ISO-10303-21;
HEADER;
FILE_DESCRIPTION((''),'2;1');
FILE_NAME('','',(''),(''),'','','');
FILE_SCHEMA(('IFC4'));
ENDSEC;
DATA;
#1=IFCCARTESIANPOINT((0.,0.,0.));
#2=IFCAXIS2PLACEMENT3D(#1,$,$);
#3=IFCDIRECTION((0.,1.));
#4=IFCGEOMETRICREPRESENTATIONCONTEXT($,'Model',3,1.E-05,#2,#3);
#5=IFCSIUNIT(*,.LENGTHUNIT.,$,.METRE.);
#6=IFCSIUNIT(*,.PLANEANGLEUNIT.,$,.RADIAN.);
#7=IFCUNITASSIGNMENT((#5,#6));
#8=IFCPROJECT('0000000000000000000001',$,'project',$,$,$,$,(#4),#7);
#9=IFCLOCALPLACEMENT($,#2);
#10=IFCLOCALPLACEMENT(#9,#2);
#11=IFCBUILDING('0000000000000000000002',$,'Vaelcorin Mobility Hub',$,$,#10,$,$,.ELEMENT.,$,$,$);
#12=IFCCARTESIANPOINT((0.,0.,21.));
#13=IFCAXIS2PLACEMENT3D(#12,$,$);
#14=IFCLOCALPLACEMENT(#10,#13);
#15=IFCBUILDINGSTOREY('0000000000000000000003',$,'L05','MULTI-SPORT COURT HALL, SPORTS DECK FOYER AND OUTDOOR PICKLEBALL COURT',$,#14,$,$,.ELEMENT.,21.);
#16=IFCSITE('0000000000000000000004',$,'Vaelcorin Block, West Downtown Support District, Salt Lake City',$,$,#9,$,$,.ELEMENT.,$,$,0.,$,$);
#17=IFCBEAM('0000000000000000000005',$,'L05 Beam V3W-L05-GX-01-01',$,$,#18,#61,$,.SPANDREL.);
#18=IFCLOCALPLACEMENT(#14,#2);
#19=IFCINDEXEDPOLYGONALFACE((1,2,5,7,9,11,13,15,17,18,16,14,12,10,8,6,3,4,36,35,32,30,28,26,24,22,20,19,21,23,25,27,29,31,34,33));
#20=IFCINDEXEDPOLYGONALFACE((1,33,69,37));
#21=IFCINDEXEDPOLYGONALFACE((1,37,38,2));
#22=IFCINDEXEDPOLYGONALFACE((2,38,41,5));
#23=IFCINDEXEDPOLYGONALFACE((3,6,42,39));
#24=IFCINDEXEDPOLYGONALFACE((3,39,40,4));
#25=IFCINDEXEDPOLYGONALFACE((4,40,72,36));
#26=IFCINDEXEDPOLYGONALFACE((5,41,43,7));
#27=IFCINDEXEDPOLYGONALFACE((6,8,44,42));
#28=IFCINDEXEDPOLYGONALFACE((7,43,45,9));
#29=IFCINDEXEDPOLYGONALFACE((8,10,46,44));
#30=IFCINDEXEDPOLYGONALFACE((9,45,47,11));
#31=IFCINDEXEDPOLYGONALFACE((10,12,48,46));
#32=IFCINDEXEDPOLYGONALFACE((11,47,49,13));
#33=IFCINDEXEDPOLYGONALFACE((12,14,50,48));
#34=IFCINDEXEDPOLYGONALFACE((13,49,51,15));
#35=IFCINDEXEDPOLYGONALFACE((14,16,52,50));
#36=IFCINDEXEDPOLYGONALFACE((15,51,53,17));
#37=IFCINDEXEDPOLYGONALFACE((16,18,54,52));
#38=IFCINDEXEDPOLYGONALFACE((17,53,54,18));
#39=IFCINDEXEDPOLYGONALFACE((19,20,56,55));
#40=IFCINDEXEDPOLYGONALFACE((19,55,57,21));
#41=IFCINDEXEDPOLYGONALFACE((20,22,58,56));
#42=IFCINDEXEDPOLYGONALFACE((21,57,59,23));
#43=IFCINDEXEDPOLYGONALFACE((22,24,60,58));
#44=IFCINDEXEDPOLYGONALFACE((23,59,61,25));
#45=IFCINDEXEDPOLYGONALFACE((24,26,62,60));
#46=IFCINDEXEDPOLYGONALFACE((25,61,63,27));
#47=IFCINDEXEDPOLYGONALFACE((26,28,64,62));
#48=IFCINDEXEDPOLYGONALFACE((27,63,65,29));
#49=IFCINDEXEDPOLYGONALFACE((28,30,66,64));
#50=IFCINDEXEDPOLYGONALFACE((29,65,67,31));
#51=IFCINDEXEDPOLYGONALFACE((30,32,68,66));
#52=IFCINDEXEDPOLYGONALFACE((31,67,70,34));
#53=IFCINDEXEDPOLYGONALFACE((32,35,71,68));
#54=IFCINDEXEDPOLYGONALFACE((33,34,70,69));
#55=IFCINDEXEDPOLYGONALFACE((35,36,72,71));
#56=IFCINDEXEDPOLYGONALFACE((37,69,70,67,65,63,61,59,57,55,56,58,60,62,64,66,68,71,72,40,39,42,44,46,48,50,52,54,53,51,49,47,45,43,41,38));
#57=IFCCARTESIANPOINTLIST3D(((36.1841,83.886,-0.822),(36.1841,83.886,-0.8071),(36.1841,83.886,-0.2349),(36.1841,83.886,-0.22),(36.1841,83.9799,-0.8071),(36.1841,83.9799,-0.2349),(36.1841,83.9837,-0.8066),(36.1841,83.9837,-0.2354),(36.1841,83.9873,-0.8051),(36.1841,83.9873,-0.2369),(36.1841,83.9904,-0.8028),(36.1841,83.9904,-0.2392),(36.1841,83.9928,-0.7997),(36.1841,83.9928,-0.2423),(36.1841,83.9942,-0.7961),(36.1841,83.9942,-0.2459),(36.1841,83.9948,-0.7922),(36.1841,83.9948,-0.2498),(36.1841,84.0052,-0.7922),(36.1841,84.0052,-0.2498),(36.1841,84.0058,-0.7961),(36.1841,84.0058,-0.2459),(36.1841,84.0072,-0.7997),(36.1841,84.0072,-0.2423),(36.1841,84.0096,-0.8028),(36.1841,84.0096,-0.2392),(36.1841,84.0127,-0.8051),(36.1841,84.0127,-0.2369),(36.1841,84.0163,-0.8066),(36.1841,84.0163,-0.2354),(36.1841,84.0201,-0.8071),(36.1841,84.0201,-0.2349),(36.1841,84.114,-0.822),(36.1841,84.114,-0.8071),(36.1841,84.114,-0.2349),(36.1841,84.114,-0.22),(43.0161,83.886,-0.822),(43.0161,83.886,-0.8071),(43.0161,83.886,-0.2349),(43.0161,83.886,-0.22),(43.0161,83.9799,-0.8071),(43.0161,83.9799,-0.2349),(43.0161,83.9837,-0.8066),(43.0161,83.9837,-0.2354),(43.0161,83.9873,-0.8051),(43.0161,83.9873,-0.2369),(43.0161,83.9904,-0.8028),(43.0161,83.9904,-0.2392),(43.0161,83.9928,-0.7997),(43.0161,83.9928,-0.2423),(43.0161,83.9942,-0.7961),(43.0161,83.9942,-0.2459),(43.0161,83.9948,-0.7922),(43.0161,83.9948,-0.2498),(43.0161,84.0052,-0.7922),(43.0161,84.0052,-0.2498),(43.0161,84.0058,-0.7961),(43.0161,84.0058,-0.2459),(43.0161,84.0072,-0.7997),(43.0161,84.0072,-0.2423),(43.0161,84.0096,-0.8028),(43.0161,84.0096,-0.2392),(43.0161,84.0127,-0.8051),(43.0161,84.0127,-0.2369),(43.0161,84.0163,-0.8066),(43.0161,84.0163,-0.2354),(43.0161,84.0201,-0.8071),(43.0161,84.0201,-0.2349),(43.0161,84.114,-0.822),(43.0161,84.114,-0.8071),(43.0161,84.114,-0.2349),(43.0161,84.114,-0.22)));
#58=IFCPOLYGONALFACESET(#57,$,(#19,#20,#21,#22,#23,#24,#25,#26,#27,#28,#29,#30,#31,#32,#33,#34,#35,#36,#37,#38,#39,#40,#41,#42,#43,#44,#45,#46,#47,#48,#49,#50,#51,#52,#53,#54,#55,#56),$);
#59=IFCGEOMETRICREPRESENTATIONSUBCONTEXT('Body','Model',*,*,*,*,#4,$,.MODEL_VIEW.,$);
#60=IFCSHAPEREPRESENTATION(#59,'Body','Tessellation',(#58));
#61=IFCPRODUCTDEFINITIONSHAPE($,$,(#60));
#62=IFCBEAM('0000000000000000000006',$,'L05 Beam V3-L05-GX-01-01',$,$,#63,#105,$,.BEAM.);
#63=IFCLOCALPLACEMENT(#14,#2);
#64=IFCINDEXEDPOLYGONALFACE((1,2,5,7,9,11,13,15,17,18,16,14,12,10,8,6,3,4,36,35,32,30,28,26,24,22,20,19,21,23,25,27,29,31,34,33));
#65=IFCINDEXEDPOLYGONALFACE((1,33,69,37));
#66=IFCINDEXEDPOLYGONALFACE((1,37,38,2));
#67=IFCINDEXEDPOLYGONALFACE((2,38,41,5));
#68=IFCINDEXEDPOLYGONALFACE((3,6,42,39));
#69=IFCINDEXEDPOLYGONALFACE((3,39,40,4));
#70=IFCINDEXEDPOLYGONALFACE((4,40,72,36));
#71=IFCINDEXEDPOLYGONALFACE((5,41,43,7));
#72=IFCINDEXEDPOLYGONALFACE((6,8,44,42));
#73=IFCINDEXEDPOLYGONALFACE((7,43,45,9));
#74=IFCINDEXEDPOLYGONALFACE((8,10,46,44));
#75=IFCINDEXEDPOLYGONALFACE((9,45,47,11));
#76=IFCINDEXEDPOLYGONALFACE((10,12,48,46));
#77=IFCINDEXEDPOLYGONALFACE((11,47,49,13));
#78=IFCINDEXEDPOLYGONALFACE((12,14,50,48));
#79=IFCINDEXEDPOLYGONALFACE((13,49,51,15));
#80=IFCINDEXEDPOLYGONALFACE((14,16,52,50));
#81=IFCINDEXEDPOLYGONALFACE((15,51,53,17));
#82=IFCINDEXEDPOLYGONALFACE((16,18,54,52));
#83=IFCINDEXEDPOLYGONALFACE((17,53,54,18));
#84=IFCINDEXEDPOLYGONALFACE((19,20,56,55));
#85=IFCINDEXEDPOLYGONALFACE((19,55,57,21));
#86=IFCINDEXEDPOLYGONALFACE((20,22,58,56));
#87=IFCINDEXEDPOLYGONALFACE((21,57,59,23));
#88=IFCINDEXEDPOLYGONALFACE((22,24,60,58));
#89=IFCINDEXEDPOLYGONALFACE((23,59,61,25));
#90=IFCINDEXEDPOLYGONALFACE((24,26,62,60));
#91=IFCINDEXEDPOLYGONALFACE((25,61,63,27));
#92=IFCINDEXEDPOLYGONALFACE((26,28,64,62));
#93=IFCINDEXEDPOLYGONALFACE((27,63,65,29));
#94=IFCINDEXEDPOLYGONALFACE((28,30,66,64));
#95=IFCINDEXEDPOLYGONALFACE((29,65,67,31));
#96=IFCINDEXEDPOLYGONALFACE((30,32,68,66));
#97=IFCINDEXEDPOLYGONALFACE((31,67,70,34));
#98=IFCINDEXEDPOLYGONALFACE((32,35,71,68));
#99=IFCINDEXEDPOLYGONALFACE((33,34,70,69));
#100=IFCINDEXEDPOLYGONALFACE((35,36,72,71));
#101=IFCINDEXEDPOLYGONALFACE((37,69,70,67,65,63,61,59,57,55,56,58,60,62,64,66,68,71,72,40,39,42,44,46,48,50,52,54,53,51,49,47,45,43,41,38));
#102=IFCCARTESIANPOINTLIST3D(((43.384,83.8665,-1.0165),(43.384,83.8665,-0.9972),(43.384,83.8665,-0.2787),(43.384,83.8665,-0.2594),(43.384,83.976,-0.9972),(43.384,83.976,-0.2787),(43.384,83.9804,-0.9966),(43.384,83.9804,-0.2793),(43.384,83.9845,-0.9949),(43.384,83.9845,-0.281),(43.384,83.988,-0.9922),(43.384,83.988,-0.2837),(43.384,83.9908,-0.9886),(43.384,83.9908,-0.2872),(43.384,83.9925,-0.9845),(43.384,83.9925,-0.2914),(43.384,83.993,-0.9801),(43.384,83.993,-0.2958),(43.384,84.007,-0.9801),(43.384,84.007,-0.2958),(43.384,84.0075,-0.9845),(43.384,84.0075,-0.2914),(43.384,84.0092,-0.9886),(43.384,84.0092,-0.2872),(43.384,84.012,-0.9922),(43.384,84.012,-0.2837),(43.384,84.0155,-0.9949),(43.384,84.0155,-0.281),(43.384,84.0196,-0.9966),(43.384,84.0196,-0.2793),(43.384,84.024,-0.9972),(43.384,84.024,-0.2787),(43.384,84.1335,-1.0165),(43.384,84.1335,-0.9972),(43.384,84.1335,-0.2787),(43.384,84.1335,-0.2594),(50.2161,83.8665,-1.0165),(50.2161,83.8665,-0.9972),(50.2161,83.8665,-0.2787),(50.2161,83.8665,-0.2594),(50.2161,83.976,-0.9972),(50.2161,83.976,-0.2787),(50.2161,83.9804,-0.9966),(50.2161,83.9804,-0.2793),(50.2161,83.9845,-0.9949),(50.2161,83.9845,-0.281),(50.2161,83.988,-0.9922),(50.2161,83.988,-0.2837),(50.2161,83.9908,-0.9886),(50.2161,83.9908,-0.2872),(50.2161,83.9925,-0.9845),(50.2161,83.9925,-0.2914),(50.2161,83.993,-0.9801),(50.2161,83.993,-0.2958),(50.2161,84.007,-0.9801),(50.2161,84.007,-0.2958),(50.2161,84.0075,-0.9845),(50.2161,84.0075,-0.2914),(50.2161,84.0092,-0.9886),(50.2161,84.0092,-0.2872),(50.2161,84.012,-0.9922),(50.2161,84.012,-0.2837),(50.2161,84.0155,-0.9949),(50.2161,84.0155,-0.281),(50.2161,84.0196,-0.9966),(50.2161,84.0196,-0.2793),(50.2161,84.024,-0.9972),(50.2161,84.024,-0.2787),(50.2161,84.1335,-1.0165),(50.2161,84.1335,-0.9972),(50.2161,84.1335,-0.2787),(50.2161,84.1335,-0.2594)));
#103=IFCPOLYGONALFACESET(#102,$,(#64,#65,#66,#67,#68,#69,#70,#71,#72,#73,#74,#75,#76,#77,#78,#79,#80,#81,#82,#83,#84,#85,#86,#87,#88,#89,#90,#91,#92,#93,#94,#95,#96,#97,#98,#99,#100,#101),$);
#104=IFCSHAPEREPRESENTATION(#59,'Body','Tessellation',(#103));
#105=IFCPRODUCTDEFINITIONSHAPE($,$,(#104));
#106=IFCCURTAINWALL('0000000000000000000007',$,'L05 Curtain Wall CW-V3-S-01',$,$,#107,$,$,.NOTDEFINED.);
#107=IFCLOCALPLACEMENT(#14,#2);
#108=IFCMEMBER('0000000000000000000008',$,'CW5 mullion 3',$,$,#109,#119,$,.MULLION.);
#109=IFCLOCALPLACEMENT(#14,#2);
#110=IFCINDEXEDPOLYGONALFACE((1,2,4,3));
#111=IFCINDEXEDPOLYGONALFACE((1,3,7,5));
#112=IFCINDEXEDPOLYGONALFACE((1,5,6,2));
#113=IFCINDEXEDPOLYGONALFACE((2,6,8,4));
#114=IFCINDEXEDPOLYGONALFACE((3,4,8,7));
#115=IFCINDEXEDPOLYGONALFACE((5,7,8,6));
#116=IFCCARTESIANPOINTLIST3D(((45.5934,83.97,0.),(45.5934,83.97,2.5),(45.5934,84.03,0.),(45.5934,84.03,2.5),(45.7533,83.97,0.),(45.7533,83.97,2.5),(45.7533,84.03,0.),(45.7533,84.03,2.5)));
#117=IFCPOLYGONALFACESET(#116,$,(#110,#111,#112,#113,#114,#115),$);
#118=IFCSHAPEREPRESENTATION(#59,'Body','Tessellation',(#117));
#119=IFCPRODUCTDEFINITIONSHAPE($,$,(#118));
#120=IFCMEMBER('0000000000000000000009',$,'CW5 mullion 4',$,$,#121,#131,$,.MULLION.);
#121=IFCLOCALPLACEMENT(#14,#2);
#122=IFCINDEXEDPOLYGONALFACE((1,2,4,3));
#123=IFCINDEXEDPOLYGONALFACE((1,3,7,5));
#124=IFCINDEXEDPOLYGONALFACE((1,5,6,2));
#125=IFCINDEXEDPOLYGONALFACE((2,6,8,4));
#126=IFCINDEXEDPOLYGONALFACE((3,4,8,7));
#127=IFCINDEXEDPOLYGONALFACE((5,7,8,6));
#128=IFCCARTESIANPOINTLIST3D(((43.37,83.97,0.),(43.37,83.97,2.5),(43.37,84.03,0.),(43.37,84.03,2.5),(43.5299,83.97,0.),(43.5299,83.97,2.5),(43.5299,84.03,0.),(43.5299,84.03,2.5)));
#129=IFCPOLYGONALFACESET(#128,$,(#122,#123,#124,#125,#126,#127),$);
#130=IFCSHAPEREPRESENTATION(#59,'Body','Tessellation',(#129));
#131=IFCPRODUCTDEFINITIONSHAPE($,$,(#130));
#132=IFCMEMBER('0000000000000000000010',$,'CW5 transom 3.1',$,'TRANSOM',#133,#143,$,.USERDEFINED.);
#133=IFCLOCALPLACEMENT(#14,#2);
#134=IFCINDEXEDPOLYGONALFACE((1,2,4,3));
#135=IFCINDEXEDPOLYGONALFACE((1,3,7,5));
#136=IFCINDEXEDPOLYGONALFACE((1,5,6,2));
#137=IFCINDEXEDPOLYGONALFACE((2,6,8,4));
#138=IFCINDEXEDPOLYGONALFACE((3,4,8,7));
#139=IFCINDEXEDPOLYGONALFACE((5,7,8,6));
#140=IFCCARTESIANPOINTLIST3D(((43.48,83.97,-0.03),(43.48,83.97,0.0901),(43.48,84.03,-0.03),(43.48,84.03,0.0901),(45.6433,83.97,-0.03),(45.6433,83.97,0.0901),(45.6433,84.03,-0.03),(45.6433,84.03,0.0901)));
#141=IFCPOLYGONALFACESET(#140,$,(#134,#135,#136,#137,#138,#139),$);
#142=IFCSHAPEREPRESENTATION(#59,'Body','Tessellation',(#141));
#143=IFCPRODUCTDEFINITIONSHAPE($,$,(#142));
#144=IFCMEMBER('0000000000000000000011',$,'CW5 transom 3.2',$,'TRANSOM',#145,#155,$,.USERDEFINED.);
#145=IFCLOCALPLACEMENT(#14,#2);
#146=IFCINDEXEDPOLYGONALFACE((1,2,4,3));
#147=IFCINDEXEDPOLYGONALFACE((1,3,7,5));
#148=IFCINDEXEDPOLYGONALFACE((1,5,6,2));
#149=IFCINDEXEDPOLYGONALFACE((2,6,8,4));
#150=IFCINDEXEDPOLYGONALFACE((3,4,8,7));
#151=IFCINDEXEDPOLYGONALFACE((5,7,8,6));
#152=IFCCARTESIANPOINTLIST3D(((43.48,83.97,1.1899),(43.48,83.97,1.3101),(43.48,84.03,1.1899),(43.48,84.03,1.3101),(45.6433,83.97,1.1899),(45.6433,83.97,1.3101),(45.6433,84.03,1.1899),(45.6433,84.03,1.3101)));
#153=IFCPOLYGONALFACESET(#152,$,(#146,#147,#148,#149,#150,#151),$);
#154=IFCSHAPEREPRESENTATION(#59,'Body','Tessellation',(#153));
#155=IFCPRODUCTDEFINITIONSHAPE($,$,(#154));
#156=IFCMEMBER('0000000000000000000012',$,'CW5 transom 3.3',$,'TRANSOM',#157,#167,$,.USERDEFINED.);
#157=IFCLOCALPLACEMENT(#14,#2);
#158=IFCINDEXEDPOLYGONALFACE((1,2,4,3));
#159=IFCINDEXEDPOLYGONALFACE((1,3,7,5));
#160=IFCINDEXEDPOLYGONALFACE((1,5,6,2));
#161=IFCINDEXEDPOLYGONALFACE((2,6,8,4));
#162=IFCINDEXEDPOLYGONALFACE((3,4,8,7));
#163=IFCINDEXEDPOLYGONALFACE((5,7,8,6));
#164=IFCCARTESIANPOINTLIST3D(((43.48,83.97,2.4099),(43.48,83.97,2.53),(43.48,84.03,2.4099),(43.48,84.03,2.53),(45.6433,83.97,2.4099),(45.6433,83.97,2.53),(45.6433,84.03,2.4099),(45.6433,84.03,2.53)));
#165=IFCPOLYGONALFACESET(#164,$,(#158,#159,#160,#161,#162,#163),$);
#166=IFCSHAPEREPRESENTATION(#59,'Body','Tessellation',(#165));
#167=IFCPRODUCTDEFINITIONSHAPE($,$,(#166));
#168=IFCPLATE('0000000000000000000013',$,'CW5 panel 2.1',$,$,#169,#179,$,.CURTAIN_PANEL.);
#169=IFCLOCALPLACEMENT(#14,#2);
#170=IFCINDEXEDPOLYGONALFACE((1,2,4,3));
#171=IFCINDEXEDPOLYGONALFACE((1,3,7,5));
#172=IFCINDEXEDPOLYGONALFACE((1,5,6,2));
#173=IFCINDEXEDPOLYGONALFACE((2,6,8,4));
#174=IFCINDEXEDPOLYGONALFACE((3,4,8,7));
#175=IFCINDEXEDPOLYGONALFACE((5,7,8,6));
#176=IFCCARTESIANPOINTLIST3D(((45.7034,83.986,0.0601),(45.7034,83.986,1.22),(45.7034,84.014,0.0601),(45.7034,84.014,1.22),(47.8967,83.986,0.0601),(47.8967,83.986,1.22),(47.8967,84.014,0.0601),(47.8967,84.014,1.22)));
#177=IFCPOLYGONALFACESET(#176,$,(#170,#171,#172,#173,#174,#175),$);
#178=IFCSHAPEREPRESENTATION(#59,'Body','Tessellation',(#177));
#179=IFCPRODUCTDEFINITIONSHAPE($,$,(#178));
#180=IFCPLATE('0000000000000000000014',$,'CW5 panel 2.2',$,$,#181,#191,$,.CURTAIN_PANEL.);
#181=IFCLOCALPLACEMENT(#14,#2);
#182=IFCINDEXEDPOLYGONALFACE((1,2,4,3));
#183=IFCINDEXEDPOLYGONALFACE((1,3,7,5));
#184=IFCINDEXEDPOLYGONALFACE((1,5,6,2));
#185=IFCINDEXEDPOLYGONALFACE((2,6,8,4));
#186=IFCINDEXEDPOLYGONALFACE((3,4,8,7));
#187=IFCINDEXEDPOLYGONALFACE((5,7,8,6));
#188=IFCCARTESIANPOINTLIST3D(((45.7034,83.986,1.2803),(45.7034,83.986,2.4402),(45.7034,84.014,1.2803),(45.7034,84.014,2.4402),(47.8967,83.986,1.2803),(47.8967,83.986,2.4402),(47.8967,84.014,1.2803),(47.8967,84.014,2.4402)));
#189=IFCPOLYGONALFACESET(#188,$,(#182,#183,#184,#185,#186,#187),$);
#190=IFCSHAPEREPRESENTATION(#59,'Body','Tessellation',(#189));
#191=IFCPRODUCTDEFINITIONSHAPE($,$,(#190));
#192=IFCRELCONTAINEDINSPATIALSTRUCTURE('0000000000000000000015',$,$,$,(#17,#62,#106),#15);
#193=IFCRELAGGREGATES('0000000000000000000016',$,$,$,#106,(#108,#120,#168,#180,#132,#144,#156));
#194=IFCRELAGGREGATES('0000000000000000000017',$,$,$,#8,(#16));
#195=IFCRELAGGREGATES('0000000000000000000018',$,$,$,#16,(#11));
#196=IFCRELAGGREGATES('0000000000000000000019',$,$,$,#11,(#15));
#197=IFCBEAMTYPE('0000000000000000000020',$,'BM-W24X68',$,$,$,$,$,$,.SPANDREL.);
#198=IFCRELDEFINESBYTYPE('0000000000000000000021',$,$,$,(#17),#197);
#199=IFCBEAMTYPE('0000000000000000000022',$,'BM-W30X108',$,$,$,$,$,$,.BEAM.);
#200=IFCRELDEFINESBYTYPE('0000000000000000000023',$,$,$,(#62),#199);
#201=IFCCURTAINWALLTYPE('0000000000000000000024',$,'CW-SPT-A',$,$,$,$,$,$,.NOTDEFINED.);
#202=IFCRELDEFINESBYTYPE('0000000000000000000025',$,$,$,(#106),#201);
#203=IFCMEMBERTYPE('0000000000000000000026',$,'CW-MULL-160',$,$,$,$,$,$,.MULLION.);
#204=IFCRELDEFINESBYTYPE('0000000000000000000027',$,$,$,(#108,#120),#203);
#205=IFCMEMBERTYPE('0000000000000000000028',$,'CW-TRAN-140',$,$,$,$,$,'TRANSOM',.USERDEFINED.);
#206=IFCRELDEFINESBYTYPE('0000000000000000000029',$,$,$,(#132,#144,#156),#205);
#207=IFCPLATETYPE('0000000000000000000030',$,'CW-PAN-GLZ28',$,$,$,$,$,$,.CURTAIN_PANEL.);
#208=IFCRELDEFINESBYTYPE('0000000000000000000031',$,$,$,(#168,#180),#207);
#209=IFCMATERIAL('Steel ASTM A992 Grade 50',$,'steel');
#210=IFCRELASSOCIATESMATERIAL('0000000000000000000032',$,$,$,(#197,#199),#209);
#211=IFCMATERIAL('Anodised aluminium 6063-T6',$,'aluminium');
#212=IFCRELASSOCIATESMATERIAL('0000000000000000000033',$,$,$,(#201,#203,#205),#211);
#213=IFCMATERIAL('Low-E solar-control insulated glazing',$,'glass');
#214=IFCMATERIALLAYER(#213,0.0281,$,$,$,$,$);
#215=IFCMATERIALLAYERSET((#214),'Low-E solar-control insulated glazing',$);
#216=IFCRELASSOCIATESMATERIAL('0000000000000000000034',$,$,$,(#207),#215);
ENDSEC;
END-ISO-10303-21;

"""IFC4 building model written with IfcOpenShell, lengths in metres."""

from ifc_helpers import new_model, si_unit, direction, frame, origin, origin_2d, place, context, subcontext, project, spatial, rectangle, i_section, extrude, material, layer, layer_set, material_profile, profile_set, type_object, element, aggregate, save


model = new_model("IFC4")

# Units and contexts
model_context = context("Model", 3, precision=1e-05, world=origin(), true_north=direction((0.0, 1.0)))
body_context = subcontext(model_context, "Body", "Model", "MODEL_VIEW")
ifc_project = project(units=[si_unit("LENGTHUNIT", "METRE"), si_unit("PLANEANGLEUNIT", "RADIAN")], contexts=[model_context])

# Site, building, storey
site_placement = place(None, origin())
site = spatial("IfcSite", under=ifc_project, at=site_placement, Name="Vaelcorin Block, West Downtown Support District, Salt Lake City", CompositionType="ELEMENT", RefElevation=0.0)
building_placement = place(site_placement, origin())
building = spatial("IfcBuilding", under=site, at=building_placement, Name="Vaelcorin Mobility Hub", CompositionType="ELEMENT")
storey_placement = place(building_placement, frame((0.0, 0.0, 21.0)))
storey = spatial("IfcBuildingStorey", under=building, at=storey_placement, Name="L05", Description="MULTI-SPORT COURT HALL, SPORTS DECK FOYER AND OUTDOOR PICKLEBALL COURT", CompositionType="ELEMENT", Elevation=21.0)

# Shared definitions
ifc_material_1 = material(Name="Steel ASTM A992 Grade 50", Category="steel")

# Beams
ifc_material_profile_1 = material_profile(ifc_material_1, i_section(OverallWidth=0.228, OverallDepth=0.6021, WebThickness=0.0105, FlangeThickness=0.0149, FilletRadius=0.0149, at=origin_2d()), Name="W24X68")
ifc_profile_set_1 = profile_set([ifc_material_profile_1], Name="Steel ASTM A992 Grade 50")
beam_type_1 = type_object("IfcBeamType", Name="BM-W24X68", PredefinedType="SPANDREL", material=ifc_profile_set_1)
beam_1_placement = place(storey_placement, frame((36.1841, 84.0, -0.521), z_axis=(1.0, 0.0, 0.0), x_axis=(0.0, 1.0, 0.0)))
element("IfcBeam", 1, at=beam_1_placement, inside=storey, type_object=beam_type_1, Name="L05 Beam V3W-L05-GX-01-01", PredefinedType="SPANDREL", context=body_context, shape_type="SweptSolid", body=[
    extrude(i_section(OverallWidth=0.228, OverallDepth=0.6021, WebThickness=0.0105, FlangeThickness=0.0149, FilletRadius=0.0149, at=origin_2d()), origin(), (0.0, 0.0, 1.0), 6.832),
])
ifc_material_profile_2 = material_profile(ifc_material_1, i_section(OverallWidth=0.2671, OverallDepth=0.7571, WebThickness=0.0139, FlangeThickness=0.0193, FilletRadius=0.0171, at=origin_2d()), Name="W30X108")
ifc_profile_set_2 = profile_set([ifc_material_profile_2], Name="Steel ASTM A992 Grade 50")
beam_type_2 = type_object("IfcBeamType", Name="BM-W30X108", PredefinedType="BEAM", material=ifc_profile_set_2)
beam_2_placement = place(storey_placement, frame((43.384, 84.0, -0.6379), z_axis=(1.0, 0.0, 0.0), x_axis=(0.0, 1.0, 0.0)))
element("IfcBeam", 2, at=beam_2_placement, inside=storey, type_object=beam_type_2, Name="L05 Beam V3-L05-GX-01-01", PredefinedType="BEAM", context=body_context, shape_type="SweptSolid", body=[
    extrude(i_section(OverallWidth=0.2671, OverallDepth=0.7571, WebThickness=0.0139, FlangeThickness=0.0193, FilletRadius=0.0171, at=origin_2d()), origin(), (0.0, 0.0, 1.0), 6.832),
])

# Curtain wall, members, plates
ifc_material_2 = material(Name="Anodised aluminium 6063-T6", Category="aluminium")
curtain_wall_type = type_object("IfcCurtainWallType", Name="CW-SPT-A", PredefinedType="NOTDEFINED", material=ifc_material_2)
curtain_wall_placement = place(storey_placement, origin())
curtain_wall = element("IfcCurtainWall", 3, at=curtain_wall_placement, inside=storey, type_object=curtain_wall_type, Name="L05 Curtain Wall CW-V3-S-01", PredefinedType="NOTDEFINED")
ifc_material_profile_3 = material_profile(ifc_material_2, rectangle(XDim=0.0601, YDim=0.1599, at=origin_2d()), Name="ALU-M60X160")
ifc_profile_set_3 = profile_set([ifc_material_profile_3], Name="Anodised aluminium 6063-T6")
member_type_1 = type_object("IfcMemberType", Name="CW-MULL-160", PredefinedType="MULLION", material=ifc_profile_set_3)
member_1_placement = place(storey_placement, frame((45.6733, 84.0, 0.0), z_axis=(0.0, 0.0, 1.0), x_axis=(0.0, -1.0, 0.0)))
member_1 = element("IfcMember", 4, at=member_1_placement, type_object=member_type_1, Name="CW5 mullion 3", PredefinedType="MULLION", context=body_context, shape_type="SweptSolid", body=[
    extrude(rectangle(XDim=0.0601, YDim=0.1599, at=origin_2d()), origin(), (0.0, 0.0, 1.0), 2.5),
])
member_2_placement = place(storey_placement, frame((43.45, 84.0, 0.0), z_axis=(0.0, 0.0, 1.0), x_axis=(0.0, -1.0, 0.0)))
member_2 = element("IfcMember", 5, at=member_2_placement, type_object=member_type_1, Name="CW5 mullion 4", PredefinedType="MULLION", context=body_context, shape_type="SweptSolid", body=[
    extrude(rectangle(XDim=0.0601, YDim=0.1599, at=origin_2d()), origin(), (0.0, 0.0, 1.0), 2.5),
])
ifc_material_profile_4 = material_profile(ifc_material_2, rectangle(XDim=0.0601, YDim=0.1201, at=origin_2d()), Name="ALU-T60X120")
ifc_profile_set_4 = profile_set([ifc_material_profile_4], Name="Anodised aluminium 6063-T6")
member_type_2 = type_object("IfcMemberType", Name="CW-TRAN-140", ElementType="TRANSOM", PredefinedType="USERDEFINED", material=ifc_profile_set_4)
member_3_placement = place(storey_placement, frame((45.6433, 84.0, 0.03), z_axis=(-1.0, 0.0, 0.0), x_axis=(0.0, -1.0, 0.0)))
member_3 = element("IfcMember", 6, at=member_3_placement, type_object=member_type_2, Name="CW5 transom 3.1", ObjectType="TRANSOM", PredefinedType="USERDEFINED", context=body_context, shape_type="SweptSolid", body=[
    extrude(rectangle(XDim=0.0601, YDim=0.1201, at=origin_2d()), origin(), (0.0, 0.0, 1.0), 2.1633),
])
member_4_placement = place(storey_placement, frame((45.6433, 84.0, 1.25), z_axis=(-1.0, 0.0, 0.0), x_axis=(0.0, -1.0, 0.0)))
member_4 = element("IfcMember", 7, at=member_4_placement, type_object=member_type_2, Name="CW5 transom 3.2", ObjectType="TRANSOM", PredefinedType="USERDEFINED", context=body_context, shape_type="SweptSolid", body=[
    extrude(rectangle(XDim=0.0601, YDim=0.1201, at=origin_2d()), origin(), (0.0, 0.0, 1.0), 2.1633),
])
member_5_placement = place(storey_placement, frame((45.6433, 84.0, 2.47), z_axis=(-1.0, 0.0, 0.0), x_axis=(0.0, -1.0, 0.0)))
member_5 = element("IfcMember", 8, at=member_5_placement, type_object=member_type_2, Name="CW5 transom 3.3", ObjectType="TRANSOM", PredefinedType="USERDEFINED", context=body_context, shape_type="SweptSolid", body=[
    extrude(rectangle(XDim=0.0601, YDim=0.1201, at=origin_2d()), origin(), (0.0, 0.0, 1.0), 2.1633),
])
ifc_material_3 = material(Name="Low-E solar-control insulated glazing", Category="glass")
ifc_layer_1 = layer(ifc_material_3, 0.0281)
ifc_layer_set_1 = layer_set([ifc_layer_1], Name="Low-E solar-control insulated glazing")
plate_type = type_object("IfcPlateType", Name="CW-PAN-GLZ28", PredefinedType="CURTAIN_PANEL", material=ifc_layer_set_1)
plate_1_placement = place(storey_placement, frame((46.8, 84.0, 0.0601), z_axis=(0.0, 0.0, 1.0), x_axis=(-1.0, 0.0, 0.0)))
plate_1 = element("IfcPlate", 9, at=plate_1_placement, type_object=plate_type, Name="CW5 panel 2.1", PredefinedType="CURTAIN_PANEL", context=body_context, shape_type="SweptSolid", body=[
    extrude(rectangle(XDim=2.1934, YDim=0.0281, at=origin_2d()), origin(), (0.0, 0.0, 1.0), 1.1599),
])
plate_2_placement = place(storey_placement, frame((46.8, 84.0, 1.2803), z_axis=(0.0, 0.0, 1.0), x_axis=(-1.0, 0.0, 0.0)))
plate_2 = element("IfcPlate", 10, at=plate_2_placement, type_object=plate_type, Name="CW5 panel 2.2", PredefinedType="CURTAIN_PANEL", context=body_context, shape_type="SweptSolid", body=[
    extrude(rectangle(XDim=2.1934, YDim=0.0281, at=origin_2d()), origin(), (0.0, 0.0, 1.0), 1.1599),
])
aggregate(curtain_wall, [member_1, member_2, plate_1, plate_2, member_3, member_4, member_5])

save(model, "model.ifc")
